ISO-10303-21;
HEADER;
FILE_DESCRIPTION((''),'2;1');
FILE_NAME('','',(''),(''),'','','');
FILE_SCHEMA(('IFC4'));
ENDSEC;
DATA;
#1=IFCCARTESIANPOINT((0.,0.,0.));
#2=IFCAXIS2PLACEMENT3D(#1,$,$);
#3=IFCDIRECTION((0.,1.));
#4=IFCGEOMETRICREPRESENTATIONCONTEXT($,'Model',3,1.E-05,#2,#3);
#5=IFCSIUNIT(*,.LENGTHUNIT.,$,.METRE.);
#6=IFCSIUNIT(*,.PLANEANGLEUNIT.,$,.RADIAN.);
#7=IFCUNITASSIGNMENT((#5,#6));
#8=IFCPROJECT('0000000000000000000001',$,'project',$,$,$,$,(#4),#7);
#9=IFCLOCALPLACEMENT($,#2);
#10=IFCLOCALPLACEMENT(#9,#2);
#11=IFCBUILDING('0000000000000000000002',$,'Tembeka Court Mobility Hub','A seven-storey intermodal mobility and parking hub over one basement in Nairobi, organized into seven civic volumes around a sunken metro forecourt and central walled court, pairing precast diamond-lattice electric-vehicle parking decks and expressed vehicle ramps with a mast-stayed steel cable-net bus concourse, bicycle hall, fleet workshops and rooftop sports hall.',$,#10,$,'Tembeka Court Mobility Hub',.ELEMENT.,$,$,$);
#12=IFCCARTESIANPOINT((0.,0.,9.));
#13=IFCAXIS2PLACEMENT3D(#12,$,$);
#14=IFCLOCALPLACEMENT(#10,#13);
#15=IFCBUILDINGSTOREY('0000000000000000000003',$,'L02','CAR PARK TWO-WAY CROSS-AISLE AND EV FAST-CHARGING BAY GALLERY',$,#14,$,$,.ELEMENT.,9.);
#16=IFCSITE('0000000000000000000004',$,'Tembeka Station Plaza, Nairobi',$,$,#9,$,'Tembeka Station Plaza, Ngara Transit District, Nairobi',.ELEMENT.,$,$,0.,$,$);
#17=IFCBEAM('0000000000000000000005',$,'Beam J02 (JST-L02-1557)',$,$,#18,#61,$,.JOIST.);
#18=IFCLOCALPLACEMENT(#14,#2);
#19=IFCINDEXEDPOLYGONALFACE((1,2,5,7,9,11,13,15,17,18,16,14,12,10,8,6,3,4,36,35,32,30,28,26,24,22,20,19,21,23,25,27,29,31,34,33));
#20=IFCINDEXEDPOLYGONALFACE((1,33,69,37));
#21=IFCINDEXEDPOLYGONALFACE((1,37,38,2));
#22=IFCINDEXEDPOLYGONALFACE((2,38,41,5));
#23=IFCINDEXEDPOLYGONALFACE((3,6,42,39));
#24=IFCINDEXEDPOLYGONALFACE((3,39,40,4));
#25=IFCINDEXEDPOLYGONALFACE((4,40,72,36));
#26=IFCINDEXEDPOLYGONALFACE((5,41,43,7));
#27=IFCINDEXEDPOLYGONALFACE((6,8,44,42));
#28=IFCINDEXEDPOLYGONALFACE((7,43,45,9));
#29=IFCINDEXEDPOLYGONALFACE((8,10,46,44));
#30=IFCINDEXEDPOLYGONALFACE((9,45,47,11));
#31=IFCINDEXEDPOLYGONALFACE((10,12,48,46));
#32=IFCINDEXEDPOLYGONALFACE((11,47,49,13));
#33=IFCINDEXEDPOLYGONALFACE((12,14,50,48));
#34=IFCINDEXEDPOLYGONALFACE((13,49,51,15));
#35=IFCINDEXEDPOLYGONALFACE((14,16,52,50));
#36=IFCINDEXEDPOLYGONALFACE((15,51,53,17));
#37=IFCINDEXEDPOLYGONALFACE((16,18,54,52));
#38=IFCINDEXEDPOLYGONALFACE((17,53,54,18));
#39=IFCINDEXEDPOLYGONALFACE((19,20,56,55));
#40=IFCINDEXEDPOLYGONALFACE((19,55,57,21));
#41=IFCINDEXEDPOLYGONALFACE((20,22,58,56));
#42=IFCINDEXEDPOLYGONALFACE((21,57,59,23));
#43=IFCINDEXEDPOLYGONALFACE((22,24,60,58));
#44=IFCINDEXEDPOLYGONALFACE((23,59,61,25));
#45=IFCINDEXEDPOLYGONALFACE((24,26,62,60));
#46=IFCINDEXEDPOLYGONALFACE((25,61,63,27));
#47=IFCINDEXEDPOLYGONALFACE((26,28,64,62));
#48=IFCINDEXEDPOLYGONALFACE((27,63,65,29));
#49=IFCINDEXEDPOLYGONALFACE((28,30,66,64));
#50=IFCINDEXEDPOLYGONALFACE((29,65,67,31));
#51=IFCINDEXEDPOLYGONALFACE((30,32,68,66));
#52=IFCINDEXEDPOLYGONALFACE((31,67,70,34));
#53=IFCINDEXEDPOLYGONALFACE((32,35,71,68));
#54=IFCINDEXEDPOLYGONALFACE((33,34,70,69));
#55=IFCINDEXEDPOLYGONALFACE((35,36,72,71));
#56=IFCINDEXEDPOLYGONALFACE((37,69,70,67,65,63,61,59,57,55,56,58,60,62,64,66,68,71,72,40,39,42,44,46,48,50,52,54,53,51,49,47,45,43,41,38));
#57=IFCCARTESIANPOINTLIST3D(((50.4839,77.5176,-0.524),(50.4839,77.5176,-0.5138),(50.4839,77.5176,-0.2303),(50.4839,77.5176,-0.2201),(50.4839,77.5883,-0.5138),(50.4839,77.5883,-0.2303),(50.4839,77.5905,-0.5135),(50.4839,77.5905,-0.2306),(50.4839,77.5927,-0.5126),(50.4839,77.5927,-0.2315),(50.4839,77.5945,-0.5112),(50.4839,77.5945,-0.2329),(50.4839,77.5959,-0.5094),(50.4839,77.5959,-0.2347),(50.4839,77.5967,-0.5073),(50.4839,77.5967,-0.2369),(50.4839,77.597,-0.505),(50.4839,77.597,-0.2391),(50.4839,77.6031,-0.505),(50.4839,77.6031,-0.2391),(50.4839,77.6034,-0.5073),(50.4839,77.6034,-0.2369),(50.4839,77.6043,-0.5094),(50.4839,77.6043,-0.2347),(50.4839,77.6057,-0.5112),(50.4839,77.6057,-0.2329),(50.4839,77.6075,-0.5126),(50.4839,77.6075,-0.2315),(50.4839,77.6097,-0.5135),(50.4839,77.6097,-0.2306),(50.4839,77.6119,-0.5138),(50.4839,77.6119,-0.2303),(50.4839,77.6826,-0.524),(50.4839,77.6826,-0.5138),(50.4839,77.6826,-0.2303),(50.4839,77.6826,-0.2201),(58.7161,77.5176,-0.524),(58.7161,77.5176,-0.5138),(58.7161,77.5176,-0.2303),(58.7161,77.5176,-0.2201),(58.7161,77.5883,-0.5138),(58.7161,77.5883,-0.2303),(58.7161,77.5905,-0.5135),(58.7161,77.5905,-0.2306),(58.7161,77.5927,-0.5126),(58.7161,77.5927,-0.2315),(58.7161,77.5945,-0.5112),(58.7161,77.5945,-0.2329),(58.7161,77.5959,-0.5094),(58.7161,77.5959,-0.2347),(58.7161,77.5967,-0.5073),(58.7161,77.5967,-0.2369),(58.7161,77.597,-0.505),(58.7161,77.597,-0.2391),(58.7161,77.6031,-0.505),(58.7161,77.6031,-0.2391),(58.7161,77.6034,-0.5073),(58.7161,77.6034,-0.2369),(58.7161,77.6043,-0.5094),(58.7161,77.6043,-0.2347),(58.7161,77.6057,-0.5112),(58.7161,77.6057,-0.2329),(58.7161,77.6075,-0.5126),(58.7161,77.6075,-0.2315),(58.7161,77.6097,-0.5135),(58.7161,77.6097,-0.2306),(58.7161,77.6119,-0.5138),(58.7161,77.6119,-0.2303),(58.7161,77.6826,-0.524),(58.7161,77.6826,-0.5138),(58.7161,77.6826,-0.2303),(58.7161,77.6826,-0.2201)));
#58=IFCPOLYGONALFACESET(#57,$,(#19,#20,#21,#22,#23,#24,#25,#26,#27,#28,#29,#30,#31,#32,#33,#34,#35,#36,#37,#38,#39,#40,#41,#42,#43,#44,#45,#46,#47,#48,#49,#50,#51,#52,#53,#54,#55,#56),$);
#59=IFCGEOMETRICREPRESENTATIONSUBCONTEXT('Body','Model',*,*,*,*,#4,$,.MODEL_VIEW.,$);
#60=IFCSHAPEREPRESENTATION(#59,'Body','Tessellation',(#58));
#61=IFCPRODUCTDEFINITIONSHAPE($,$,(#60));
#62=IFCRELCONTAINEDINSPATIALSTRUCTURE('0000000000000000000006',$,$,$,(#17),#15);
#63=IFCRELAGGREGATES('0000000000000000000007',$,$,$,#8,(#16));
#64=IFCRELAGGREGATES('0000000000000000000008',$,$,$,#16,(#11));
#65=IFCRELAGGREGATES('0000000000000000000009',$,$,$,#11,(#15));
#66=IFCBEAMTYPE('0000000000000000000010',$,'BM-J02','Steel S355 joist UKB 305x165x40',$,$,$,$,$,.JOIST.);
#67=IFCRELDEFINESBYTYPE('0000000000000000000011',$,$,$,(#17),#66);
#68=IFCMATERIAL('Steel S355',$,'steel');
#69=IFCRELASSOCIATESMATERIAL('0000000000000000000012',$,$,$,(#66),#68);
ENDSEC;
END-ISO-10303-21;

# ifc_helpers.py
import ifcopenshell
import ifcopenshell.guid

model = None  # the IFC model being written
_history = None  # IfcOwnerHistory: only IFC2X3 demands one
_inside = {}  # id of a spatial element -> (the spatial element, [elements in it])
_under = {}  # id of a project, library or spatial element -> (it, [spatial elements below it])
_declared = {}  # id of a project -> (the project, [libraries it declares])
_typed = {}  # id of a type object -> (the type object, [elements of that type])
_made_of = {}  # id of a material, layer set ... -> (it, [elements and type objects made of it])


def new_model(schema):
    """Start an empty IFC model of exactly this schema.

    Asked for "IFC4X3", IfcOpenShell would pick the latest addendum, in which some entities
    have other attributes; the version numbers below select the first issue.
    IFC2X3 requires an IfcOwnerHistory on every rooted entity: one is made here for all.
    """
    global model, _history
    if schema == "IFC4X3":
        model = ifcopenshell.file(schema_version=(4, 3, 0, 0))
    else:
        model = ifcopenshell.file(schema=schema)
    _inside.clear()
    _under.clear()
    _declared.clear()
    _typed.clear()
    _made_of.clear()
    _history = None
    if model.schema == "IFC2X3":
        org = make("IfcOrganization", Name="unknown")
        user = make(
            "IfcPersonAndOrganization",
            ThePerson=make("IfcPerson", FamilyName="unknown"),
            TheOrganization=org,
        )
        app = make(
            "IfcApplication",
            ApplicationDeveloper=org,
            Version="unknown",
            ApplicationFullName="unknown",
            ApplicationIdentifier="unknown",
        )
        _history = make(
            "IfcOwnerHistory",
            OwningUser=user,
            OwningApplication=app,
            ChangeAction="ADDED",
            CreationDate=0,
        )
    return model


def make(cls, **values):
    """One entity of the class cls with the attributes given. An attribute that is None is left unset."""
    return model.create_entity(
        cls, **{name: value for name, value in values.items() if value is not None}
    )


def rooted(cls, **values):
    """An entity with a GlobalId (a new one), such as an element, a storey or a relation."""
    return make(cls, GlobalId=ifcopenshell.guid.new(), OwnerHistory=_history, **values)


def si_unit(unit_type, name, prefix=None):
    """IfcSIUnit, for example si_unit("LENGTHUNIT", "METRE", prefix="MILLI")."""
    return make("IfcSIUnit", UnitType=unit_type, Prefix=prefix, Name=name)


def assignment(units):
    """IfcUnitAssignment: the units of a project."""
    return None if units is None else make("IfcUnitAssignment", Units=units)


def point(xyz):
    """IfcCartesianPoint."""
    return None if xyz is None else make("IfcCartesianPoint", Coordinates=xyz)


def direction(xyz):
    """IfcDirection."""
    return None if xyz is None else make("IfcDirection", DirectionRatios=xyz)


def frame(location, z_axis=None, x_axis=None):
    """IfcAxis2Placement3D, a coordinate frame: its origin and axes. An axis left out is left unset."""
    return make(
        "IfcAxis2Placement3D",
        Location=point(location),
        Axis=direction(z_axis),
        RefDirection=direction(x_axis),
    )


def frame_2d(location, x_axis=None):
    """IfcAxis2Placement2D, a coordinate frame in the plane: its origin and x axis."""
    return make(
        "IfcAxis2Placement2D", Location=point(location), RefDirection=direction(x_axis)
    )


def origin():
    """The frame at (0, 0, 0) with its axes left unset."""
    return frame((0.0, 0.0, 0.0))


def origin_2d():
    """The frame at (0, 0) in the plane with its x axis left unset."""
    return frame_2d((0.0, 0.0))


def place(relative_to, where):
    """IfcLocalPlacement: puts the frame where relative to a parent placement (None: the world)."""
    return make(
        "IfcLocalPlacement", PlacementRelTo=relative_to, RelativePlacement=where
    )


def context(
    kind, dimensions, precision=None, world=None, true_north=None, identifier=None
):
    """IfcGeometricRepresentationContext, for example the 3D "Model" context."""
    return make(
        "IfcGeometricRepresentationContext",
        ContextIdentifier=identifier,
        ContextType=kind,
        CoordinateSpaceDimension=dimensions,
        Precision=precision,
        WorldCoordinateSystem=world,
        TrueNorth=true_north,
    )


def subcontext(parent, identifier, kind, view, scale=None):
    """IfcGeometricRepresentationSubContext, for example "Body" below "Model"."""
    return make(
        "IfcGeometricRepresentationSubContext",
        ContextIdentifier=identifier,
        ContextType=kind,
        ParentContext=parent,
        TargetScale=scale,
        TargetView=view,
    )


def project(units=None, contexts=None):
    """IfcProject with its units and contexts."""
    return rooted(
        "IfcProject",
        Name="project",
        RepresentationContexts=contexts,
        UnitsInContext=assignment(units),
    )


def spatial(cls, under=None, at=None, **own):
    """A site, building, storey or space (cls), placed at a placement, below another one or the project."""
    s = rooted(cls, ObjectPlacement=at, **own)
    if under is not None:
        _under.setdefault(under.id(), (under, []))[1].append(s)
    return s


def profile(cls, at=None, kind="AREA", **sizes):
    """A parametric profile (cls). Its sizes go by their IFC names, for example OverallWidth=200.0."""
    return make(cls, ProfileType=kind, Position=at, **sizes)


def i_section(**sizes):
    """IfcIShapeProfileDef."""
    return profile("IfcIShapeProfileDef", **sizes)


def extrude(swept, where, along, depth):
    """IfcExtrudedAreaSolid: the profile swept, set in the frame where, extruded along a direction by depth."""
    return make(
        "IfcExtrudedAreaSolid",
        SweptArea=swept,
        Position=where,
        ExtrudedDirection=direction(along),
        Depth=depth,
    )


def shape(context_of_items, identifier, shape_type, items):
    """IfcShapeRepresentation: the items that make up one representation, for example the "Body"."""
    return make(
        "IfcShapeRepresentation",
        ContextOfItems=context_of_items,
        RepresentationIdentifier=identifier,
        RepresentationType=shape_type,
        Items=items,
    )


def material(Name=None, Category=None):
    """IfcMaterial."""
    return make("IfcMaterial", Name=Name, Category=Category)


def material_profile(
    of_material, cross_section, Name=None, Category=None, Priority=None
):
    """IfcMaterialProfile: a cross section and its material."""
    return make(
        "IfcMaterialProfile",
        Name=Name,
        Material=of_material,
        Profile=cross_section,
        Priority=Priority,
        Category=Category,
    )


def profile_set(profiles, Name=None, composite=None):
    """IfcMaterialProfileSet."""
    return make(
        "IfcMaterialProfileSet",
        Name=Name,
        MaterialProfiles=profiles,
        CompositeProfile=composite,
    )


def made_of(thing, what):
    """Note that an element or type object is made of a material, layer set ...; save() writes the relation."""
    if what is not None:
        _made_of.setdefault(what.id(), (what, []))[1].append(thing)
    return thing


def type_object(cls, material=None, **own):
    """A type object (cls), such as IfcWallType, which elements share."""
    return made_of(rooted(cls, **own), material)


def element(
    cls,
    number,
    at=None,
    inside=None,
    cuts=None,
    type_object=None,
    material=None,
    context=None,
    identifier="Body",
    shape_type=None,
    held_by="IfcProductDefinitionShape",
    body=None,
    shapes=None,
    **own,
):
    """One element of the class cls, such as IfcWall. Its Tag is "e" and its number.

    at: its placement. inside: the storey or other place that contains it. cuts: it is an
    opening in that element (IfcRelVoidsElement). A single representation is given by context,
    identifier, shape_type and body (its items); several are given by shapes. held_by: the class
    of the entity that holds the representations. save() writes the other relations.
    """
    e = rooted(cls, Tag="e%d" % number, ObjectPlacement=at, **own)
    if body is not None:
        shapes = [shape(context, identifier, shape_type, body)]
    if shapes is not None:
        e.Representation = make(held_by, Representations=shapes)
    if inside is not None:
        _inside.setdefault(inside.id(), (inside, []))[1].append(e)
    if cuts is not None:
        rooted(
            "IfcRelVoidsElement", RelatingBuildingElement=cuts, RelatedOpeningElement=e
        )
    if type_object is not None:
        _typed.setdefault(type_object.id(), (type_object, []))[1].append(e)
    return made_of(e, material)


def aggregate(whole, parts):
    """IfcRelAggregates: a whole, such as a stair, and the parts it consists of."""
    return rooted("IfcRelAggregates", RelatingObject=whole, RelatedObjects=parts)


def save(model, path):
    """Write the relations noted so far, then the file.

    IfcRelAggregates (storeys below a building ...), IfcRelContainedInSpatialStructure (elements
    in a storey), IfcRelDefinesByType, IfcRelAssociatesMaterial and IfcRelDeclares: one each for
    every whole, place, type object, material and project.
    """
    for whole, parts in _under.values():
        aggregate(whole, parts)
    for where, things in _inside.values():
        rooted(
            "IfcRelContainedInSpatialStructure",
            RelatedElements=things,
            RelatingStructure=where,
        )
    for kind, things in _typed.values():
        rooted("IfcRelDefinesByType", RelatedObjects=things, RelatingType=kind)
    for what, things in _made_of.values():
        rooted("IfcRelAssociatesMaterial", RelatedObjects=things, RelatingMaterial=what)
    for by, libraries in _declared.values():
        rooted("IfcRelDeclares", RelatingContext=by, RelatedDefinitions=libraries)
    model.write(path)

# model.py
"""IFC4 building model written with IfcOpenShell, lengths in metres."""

from ifc_helpers import new_model, si_unit, direction, frame, origin, origin_2d, place, context, subcontext, project, spatial, i_section, extrude, material, material_profile, profile_set, type_object, element, save


model = new_model("IFC4")

# Units and contexts
model_context = context("Model", 3, precision=1e-05, world=origin(), true_north=direction((0.0, 1.0)))
body_context = subcontext(model_context, "Body", "Model", "MODEL_VIEW")
ifc_project = project(units=[si_unit("LENGTHUNIT", "METRE"), si_unit("PLANEANGLEUNIT", "RADIAN")], contexts=[model_context])

# Site, building, storey
site_placement = place(None, origin())
site = spatial("IfcSite", under=ifc_project, at=site_placement, Name="Tembeka Station Plaza, Nairobi", LongName="Tembeka Station Plaza, Ngara Transit District, Nairobi", CompositionType="ELEMENT", RefElevation=0.0)
building_placement = place(site_placement, origin())
building = spatial("IfcBuilding", under=site, at=building_placement, Name="Tembeka Court Mobility Hub", Description="A seven-storey intermodal mobility and parking hub over one basement in Nairobi, organized into seven civic volumes around a sunken metro forecourt and central walled court, pairing precast diamond-lattice electric-vehicle parking decks and expressed vehicle ramps with a mast-stayed steel cable-net bus concourse, bicycle hall, fleet workshops and rooftop sports hall.", LongName="Tembeka Court Mobility Hub", CompositionType="ELEMENT")
storey_placement = place(building_placement, frame((0.0, 0.0, 9.0)))
storey = spatial("IfcBuildingStorey", under=building, at=storey_placement, Name="L02", Description="CAR PARK TWO-WAY CROSS-AISLE AND EV FAST-CHARGING BAY GALLERY", CompositionType="ELEMENT", Elevation=9.0)

# Shared definitions
ifc_material_1 = material(Name="Steel S355", Category="steel")

# Beam
ifc_material_profile_1 = material_profile(ifc_material_1, i_section(OverallWidth=0.165, OverallDepth=0.304, WebThickness=0.0061, FlangeThickness=0.0103, FilletRadius=0.0088, at=origin_2d()), Name="UKB 305x165x40")
ifc_profile_set_1 = profile_set([ifc_material_profile_1], Name="Steel S355")
beam_type_1 = type_object("IfcBeamType", Name="BM-J02", Description="Steel S355 joist UKB 305x165x40", PredefinedType="JOIST", material=ifc_profile_set_1)
beam_1_placement = place(storey_placement, frame((50.4839, 77.6001, -0.3721), z_axis=(1.0, 0.0, 0.0), x_axis=(0.0, 1.0, 0.0)))
element("IfcBeam", 1, at=beam_1_placement, inside=storey, type_object=beam_type_1, Name="Beam J02 (JST-L02-1557)", PredefinedType="JOIST", context=body_context, shape_type="SweptSolid", body=[
    extrude(i_section(OverallWidth=0.165, OverallDepth=0.304, WebThickness=0.0061, FlangeThickness=0.0103, FilletRadius=0.0088, at=origin_2d()), origin(), (0.0, 0.0, 1.0), 8.2322),
])

save(model, "model.ifc")
